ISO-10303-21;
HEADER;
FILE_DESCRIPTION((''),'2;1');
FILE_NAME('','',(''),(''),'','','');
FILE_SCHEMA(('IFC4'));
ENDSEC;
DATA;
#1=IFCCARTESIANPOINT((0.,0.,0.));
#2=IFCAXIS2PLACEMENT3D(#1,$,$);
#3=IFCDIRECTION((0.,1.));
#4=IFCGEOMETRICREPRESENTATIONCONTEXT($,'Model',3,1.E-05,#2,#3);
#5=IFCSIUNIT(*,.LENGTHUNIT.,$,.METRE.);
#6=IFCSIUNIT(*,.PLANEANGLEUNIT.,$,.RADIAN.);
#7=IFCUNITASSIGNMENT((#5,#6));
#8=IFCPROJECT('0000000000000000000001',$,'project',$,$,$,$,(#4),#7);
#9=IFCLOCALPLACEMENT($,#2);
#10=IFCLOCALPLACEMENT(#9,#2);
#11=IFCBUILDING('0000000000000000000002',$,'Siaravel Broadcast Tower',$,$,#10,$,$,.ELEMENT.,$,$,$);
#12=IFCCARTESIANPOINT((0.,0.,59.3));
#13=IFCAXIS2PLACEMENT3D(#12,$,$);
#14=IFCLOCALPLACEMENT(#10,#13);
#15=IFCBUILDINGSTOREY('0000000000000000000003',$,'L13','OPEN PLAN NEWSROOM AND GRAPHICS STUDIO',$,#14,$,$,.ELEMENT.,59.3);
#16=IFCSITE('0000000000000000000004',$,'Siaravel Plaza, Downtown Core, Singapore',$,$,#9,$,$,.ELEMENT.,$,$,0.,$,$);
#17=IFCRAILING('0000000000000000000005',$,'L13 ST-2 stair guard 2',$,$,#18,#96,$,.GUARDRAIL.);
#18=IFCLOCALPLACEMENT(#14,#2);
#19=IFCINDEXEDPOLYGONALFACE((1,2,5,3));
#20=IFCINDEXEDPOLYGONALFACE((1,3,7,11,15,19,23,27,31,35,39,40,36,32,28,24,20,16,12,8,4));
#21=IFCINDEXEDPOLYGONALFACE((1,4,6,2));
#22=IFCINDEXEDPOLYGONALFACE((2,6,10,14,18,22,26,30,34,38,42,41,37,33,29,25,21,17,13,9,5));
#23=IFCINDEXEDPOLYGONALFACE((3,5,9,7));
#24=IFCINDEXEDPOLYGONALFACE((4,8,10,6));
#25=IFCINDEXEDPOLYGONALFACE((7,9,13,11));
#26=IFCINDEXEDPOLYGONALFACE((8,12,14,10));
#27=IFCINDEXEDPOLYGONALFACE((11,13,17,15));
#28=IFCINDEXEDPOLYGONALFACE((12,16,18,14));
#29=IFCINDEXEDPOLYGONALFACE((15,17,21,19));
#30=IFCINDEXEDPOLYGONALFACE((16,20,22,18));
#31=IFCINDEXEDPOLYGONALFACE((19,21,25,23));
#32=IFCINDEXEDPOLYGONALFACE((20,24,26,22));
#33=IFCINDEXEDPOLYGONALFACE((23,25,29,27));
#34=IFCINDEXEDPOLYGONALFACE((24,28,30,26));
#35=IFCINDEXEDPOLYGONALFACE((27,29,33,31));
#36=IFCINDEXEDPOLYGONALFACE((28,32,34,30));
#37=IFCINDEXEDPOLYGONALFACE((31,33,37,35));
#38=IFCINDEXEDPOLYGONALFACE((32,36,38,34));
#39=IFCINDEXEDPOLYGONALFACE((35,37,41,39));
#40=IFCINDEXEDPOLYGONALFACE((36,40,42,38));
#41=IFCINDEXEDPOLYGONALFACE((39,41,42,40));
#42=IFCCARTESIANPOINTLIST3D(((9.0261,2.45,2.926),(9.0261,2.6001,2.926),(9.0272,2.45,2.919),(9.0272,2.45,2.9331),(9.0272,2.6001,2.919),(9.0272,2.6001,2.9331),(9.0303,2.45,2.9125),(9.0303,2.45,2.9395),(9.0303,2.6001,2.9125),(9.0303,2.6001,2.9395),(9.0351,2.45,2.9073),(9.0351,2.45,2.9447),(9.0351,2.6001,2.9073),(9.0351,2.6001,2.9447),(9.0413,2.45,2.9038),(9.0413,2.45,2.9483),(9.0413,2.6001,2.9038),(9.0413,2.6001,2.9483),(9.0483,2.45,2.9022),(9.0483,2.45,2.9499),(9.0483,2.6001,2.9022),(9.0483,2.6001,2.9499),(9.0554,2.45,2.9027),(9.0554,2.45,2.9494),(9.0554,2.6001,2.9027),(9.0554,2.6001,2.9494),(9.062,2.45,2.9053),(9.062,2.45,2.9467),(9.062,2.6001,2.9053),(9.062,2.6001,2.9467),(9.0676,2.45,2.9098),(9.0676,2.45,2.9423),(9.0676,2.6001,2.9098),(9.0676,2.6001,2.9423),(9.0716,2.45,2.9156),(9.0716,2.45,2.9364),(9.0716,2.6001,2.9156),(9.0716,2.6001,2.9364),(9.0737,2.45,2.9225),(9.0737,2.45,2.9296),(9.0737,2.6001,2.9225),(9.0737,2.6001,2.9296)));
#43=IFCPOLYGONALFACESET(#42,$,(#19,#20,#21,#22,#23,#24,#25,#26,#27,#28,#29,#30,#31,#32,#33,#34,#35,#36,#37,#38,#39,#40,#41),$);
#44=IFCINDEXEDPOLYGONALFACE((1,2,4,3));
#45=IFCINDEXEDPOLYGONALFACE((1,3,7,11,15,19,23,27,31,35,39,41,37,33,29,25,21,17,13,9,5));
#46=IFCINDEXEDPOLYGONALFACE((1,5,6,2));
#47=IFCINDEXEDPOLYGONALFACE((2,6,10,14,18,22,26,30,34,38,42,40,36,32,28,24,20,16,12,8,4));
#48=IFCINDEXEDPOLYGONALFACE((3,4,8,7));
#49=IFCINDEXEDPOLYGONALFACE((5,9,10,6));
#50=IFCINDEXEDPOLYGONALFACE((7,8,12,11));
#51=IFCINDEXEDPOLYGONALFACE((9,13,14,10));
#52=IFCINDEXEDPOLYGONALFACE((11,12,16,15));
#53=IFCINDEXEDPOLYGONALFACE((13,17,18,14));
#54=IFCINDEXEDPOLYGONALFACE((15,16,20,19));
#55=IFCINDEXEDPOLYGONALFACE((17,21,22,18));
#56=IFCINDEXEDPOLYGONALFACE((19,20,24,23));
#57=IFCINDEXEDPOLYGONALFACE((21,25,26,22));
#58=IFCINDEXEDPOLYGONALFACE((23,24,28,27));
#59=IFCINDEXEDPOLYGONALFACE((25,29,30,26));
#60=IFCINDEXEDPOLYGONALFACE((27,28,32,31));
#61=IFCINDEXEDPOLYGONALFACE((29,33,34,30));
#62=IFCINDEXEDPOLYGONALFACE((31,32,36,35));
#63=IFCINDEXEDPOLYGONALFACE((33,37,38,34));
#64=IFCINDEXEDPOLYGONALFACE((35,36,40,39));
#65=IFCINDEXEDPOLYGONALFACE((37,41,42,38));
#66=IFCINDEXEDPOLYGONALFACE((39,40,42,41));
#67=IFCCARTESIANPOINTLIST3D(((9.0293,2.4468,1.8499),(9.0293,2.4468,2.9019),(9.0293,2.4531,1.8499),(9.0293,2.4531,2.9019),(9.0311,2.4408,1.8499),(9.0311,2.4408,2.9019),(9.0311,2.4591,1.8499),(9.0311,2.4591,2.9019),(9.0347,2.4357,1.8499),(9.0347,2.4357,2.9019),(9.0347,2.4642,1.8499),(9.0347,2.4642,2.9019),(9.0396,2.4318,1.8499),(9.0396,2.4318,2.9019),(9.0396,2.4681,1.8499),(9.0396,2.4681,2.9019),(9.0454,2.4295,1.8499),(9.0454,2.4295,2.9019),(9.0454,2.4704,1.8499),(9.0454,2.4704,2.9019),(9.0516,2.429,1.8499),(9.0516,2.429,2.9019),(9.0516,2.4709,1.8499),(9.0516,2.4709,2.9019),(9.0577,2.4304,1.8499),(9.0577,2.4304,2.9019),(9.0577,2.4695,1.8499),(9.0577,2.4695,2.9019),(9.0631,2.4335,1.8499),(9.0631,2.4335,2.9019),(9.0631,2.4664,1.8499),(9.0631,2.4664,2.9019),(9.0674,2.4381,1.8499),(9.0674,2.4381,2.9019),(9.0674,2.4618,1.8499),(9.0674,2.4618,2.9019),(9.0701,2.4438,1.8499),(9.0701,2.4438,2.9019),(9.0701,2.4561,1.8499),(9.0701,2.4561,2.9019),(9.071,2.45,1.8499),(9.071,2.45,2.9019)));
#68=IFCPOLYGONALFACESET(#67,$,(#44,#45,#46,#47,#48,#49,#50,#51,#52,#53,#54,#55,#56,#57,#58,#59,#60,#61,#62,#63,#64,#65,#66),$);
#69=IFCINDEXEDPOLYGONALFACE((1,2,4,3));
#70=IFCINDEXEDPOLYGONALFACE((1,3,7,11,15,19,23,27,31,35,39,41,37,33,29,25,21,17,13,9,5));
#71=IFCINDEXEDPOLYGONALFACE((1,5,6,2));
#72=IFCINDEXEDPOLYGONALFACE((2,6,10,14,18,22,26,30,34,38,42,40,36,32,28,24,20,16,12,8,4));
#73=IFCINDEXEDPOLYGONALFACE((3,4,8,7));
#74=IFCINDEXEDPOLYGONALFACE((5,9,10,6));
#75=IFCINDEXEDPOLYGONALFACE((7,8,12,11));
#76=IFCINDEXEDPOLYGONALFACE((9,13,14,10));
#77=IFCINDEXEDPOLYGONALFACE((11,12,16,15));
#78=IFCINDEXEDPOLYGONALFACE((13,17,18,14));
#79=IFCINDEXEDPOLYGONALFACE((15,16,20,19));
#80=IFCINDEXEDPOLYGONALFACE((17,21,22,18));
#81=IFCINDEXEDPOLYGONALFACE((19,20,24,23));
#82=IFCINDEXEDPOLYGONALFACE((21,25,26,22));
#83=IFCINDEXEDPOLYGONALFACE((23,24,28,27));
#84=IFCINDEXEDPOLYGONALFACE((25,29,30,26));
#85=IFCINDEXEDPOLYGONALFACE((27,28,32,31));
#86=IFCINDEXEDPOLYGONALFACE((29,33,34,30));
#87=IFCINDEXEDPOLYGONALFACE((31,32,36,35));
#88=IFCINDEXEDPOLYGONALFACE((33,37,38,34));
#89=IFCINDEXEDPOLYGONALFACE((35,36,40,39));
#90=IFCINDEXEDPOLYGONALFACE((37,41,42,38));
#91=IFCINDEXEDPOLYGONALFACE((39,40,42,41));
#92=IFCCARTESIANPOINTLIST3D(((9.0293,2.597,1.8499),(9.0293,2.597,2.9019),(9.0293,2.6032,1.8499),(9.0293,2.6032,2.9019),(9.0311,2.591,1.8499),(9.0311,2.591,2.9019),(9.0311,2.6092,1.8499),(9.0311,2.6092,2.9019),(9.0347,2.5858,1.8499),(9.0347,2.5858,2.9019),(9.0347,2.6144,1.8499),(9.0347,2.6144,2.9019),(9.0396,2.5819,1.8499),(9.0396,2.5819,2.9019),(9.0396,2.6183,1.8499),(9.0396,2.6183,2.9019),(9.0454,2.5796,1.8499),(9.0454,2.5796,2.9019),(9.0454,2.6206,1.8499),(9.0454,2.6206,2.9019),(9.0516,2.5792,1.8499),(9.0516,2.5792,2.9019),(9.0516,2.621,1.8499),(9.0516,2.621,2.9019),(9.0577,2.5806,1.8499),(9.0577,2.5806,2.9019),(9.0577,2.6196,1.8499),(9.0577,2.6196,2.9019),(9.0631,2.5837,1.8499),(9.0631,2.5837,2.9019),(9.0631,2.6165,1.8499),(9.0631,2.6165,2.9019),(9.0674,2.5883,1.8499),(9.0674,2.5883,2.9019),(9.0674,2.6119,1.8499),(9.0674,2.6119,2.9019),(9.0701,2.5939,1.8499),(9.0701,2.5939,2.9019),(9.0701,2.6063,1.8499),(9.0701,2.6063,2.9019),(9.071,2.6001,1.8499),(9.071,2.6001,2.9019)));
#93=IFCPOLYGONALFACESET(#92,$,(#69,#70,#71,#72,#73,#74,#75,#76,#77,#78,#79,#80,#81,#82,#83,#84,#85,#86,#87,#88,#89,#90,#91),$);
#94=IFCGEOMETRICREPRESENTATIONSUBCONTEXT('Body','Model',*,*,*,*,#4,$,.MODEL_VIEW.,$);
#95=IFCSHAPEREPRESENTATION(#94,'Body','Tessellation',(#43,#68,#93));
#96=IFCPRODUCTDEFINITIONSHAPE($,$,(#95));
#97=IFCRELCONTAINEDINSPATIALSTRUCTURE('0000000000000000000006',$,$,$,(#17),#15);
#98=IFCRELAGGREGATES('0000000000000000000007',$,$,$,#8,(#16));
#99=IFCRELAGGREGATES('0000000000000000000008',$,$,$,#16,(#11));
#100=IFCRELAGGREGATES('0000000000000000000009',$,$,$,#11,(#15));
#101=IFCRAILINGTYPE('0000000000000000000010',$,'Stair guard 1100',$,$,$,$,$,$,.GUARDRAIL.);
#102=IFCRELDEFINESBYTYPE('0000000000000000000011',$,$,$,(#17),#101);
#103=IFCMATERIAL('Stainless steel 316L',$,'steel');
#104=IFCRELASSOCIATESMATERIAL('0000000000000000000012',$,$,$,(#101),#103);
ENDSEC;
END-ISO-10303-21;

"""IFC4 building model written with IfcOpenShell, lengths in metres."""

from ifc_helpers import new_model, si_unit, direction, frame, origin, origin_2d, place, context, subcontext, project, spatial, circle, extrude, material, type_object, element, save


model = new_model("IFC4")

# Units and contexts
model_context = context("Model", 3, precision=1e-05, world=origin(), true_north=direction((0.0, 1.0)))
body_context = subcontext(model_context, "Body", "Model", "MODEL_VIEW")
ifc_project = project(units=[si_unit("LENGTHUNIT", "METRE"), si_unit("PLANEANGLEUNIT", "RADIAN")], contexts=[model_context])

# Site, building, storey
site_placement = place(None, origin())
site = spatial("IfcSite", under=ifc_project, at=site_placement, Name="Siaravel Plaza, Downtown Core, Singapore", CompositionType="ELEMENT", RefElevation=0.0)
building_placement = place(site_placement, origin())
building = spatial("IfcBuilding", under=site, at=building_placement, Name="Siaravel Broadcast Tower", CompositionType="ELEMENT")
storey_placement = place(building_placement, frame((0.0, 0.0, 59.3)))
storey = spatial("IfcBuildingStorey", under=building, at=storey_placement, Name="L13", Description="OPEN PLAN NEWSROOM AND GRAPHICS STUDIO", CompositionType="ELEMENT", Elevation=59.3)

# Railing
ifc_material_1 = material(Name="Stainless steel 316L", Category="steel")
railing_type_1 = type_object("IfcRailingType", Name="Stair guard 1100", PredefinedType="GUARDRAIL", material=ifc_material_1)
railing_1_placement = place(storey_placement, frame((9.05, 2.45, 1.8499)))
element("IfcRailing", 1, at=railing_1_placement, inside=storey, type_object=railing_type_1, Name="L13 ST-2 stair guard 2", PredefinedType="GUARDRAIL", context=body_context, shape_type="SweptSolid", body=[
    extrude(circle(Radius=0.0239, at=origin_2d()), frame((0.0, 0.0, 1.0762), z_axis=(0.0, 1.0, 0.0), x_axis=(-1.0, 0.0, 0.0)), (0.0, 0.0, 1.0), 0.1501),
    extrude(circle(Radius=0.021, at=origin_2d()), origin(), (0.0, 0.0, 1.0), 1.052),
    extrude(circle(Radius=0.021, at=origin_2d()), frame((0.0, 0.1501, 0.0)), (0.0, 0.0, 1.0), 1.052),
])

save(model, "model.ifc")
